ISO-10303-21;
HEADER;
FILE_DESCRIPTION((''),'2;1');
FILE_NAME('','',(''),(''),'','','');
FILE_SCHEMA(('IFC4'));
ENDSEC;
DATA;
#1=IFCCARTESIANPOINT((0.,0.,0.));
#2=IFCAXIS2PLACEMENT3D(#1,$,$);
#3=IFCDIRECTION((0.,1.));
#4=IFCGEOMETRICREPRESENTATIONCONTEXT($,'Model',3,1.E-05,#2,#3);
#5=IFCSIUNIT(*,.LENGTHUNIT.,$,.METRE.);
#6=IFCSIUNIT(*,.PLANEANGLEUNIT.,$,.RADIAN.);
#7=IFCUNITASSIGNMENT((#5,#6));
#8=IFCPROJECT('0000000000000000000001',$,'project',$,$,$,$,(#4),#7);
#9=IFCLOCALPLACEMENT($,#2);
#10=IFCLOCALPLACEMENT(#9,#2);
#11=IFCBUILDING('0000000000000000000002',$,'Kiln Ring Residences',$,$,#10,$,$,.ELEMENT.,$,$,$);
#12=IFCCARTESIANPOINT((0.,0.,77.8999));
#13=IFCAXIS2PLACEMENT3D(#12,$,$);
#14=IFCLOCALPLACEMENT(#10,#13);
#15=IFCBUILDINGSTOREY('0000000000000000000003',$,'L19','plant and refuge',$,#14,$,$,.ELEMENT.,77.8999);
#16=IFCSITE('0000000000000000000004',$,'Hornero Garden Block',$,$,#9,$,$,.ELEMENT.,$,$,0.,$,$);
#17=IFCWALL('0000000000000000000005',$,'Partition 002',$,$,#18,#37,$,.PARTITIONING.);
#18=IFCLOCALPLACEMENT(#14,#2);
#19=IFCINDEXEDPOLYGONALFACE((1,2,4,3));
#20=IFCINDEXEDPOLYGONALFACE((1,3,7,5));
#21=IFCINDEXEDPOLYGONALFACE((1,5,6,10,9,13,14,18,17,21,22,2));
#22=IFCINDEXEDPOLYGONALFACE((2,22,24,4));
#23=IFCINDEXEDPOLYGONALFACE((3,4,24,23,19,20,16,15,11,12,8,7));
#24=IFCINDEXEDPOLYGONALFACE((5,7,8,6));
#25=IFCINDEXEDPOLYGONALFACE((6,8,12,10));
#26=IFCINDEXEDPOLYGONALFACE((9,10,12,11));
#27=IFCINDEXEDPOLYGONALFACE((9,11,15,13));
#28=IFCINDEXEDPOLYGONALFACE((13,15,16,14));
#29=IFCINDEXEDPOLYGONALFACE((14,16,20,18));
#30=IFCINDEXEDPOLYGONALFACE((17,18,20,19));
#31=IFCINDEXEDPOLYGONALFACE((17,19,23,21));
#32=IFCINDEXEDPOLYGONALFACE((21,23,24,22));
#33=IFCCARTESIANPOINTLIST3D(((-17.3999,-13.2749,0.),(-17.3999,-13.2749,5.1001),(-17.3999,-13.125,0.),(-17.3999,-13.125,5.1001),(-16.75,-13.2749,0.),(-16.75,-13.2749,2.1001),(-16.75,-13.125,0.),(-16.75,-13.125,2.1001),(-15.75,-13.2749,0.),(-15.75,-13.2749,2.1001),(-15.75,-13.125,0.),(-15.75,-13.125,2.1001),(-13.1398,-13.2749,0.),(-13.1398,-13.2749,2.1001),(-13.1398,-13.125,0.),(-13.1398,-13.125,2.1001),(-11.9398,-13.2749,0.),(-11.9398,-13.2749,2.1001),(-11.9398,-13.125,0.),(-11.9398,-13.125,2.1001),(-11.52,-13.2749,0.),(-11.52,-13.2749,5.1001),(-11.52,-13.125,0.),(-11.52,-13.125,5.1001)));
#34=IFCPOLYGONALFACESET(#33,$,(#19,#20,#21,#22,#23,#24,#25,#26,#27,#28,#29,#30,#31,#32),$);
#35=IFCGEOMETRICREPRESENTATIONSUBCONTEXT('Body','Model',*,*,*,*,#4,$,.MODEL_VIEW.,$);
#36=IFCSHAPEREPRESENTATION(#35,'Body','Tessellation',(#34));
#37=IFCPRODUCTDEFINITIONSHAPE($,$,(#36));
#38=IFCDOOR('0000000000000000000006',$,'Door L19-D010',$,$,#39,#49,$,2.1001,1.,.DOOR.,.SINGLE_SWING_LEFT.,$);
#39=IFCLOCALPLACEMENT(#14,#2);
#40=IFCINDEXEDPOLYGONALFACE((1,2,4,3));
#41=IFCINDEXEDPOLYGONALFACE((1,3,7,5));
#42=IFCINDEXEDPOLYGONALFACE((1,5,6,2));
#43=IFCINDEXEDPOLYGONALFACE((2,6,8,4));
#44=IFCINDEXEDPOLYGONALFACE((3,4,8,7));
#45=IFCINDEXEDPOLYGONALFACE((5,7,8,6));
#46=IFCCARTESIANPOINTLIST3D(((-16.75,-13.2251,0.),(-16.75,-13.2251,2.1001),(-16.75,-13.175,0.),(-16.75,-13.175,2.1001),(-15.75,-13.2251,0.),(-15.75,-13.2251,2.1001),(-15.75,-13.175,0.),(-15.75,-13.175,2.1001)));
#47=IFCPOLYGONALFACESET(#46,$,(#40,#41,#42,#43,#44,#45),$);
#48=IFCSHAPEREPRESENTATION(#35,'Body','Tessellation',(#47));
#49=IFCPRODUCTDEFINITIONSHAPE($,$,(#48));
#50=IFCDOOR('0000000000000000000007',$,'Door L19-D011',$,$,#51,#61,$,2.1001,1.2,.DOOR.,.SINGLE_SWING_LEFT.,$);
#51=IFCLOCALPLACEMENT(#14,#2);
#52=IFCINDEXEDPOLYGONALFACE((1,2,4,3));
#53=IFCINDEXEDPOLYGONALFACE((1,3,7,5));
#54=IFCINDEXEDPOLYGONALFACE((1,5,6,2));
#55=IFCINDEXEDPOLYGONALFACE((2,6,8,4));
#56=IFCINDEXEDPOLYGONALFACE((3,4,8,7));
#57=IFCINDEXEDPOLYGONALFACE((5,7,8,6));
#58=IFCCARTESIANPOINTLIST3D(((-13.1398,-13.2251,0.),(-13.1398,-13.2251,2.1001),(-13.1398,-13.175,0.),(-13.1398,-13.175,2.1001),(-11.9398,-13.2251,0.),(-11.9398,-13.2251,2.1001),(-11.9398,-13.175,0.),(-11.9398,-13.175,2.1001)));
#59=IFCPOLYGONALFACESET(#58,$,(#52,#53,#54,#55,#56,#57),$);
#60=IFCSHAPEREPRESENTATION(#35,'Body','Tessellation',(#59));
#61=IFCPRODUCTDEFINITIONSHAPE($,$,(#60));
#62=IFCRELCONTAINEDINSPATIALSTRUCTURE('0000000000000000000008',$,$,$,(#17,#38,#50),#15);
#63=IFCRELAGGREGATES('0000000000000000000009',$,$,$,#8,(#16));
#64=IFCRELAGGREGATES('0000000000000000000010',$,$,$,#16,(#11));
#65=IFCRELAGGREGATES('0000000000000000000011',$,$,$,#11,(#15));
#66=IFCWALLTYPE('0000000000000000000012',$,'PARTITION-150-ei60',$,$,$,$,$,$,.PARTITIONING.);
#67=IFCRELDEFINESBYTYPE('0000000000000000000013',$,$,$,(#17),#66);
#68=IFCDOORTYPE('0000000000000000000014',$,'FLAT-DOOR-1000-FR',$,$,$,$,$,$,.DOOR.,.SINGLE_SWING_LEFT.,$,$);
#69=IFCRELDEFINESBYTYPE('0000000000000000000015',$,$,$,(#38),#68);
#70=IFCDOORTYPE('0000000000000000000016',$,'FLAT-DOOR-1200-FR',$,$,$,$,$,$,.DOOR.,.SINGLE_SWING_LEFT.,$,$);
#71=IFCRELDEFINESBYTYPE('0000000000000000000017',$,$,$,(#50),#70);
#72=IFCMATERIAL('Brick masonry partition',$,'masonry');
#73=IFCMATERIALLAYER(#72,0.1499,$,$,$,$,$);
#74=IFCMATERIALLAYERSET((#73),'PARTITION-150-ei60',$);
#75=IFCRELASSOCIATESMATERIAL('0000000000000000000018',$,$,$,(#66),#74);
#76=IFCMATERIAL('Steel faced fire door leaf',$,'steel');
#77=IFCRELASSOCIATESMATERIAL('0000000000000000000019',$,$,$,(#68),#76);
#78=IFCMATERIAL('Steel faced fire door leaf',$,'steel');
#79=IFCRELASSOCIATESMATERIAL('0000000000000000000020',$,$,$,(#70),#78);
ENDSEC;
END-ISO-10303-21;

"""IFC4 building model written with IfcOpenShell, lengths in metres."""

from ifc_helpers import new_model, si_unit, direction, frame, frame_2d, origin, place, context, subcontext, project, spatial, rectangle, extrude, material, layer, layer_set, type_object, element, fill, save


model = new_model("IFC4")

# Units and contexts
model_context = context("Model", 3, precision=1e-05, world=origin(), true_north=direction((0.0, 1.0)))
body_context = subcontext(model_context, "Body", "Model", "MODEL_VIEW")
ifc_project = project(units=[si_unit("LENGTHUNIT", "METRE"), si_unit("PLANEANGLEUNIT", "RADIAN")], contexts=[model_context])

# Site, building, storey
site_placement = place(None, origin())
site = spatial("IfcSite", under=ifc_project, at=site_placement, Name="Hornero Garden Block", CompositionType="ELEMENT", RefElevation=0.0)
building_placement = place(site_placement, origin())
building = spatial("IfcBuilding", under=site, at=building_placement, Name="Kiln Ring Residences", CompositionType="ELEMENT")
storey_placement = place(building_placement, frame((0.0, 0.0, 77.8999)))
storey = spatial("IfcBuildingStorey", under=building, at=storey_placement, Name="L19", Description="plant and refuge", CompositionType="ELEMENT", Elevation=77.8999)

# Wall, openings, doors
ifc_material_1 = material(Name="Brick masonry partition", Category="masonry")
ifc_layer_1 = layer(ifc_material_1, 0.1499)
ifc_layer_set_1 = layer_set([ifc_layer_1], Name="PARTITION-150-ei60")
wall_type_1 = type_object("IfcWallType", Name="PARTITION-150-ei60", PredefinedType="PARTITIONING", material=ifc_layer_set_1)
wall_1_placement = place(storey_placement, frame((-17.3999, -13.2, 0.0), z_axis=(0.0, 0.0, 1.0), x_axis=(1.0, 0.0, 0.0)))
wall_1 = element("IfcWall", 1, at=wall_1_placement, inside=storey, type_object=wall_type_1, Name="Partition 002", PredefinedType="PARTITIONING", context=body_context, shape_type="SweptSolid", body=[
    extrude(rectangle(XDim=5.8799, YDim=0.1499, at=frame_2d((2.9399, 0.0))), origin(), (0.0, 0.0, 1.0), 5.1001),
])
opening_1_placement = place(wall_1_placement, frame((0.6499, 0.0, 0.0)))
opening_1 = element("IfcOpeningElement", 2, at=opening_1_placement, cuts=wall_1, PredefinedType="OPENING", context=body_context, shape_type="SweptSolid", body=[
    extrude(rectangle(XDim=1.0, YDim=2.1001, at=frame_2d((0.5, 1.05))), frame((0.0, 0.085, 0.0), z_axis=(0.0, -1.0, 0.0), x_axis=(1.0, 0.0, 0.0)), (0.0, 0.0, 1.0), 0.1699),
])
opening_2_placement = place(wall_1_placement, frame((4.26, 0.0, 0.0)))
opening_2 = element("IfcOpeningElement", 3, at=opening_2_placement, cuts=wall_1, PredefinedType="OPENING", context=body_context, shape_type="SweptSolid", body=[
    extrude(rectangle(XDim=1.2, YDim=2.1001, at=frame_2d((0.6001, 1.05))), frame((0.0, 0.085, 0.0), z_axis=(0.0, -1.0, 0.0), x_axis=(1.0, 0.0, 0.0)), (0.0, 0.0, 1.0), 0.1699),
])
ifc_material_2 = material(Name="Steel faced fire door leaf", Category="steel")
door_type_1 = type_object("IfcDoorType", Name="FLAT-DOOR-1000-FR", OperationType="SINGLE_SWING_LEFT", PredefinedType="DOOR", material=ifc_material_2)
door_1_placement = place(opening_1_placement, origin())
door_1 = element("IfcDoor", 4, at=door_1_placement, inside=storey, type_object=door_type_1, Name="Door L19-D010", OperationType="SINGLE_SWING_LEFT", OverallHeight=2.1001, OverallWidth=1.0, PredefinedType="DOOR", context=body_context, shape_type="SweptSolid", body=[
    extrude(rectangle(XDim=1.0, YDim=2.1001, at=frame_2d((0.5, 1.05))), frame((0.0, 0.0249, 0.0), z_axis=(0.0, -1.0, 0.0), x_axis=(1.0, 0.0, 0.0)), (0.0, 0.0, 1.0), 0.05),
])
fill(opening_1, door_1)
ifc_material_3 = material(Name="Steel faced fire door leaf", Category="steel")
door_type_2 = type_object("IfcDoorType", Name="FLAT-DOOR-1200-FR", OperationType="SINGLE_SWING_LEFT", PredefinedType="DOOR", material=ifc_material_3)
door_2_placement = place(opening_2_placement, origin())
door_2 = element("IfcDoor", 5, at=door_2_placement, inside=storey, type_object=door_type_2, Name="Door L19-D011", OperationType="SINGLE_SWING_LEFT", OverallHeight=2.1001, OverallWidth=1.2, PredefinedType="DOOR", context=body_context, shape_type="SweptSolid", body=[
    extrude(rectangle(XDim=1.2, YDim=2.1001, at=frame_2d((0.6001, 1.05))), frame((0.0, 0.0249, 0.0), z_axis=(0.0, -1.0, 0.0), x_axis=(1.0, 0.0, 0.0)), (0.0, 0.0, 1.0), 0.05),
])
fill(opening_2, door_2)

save(model, "model.ifc")
